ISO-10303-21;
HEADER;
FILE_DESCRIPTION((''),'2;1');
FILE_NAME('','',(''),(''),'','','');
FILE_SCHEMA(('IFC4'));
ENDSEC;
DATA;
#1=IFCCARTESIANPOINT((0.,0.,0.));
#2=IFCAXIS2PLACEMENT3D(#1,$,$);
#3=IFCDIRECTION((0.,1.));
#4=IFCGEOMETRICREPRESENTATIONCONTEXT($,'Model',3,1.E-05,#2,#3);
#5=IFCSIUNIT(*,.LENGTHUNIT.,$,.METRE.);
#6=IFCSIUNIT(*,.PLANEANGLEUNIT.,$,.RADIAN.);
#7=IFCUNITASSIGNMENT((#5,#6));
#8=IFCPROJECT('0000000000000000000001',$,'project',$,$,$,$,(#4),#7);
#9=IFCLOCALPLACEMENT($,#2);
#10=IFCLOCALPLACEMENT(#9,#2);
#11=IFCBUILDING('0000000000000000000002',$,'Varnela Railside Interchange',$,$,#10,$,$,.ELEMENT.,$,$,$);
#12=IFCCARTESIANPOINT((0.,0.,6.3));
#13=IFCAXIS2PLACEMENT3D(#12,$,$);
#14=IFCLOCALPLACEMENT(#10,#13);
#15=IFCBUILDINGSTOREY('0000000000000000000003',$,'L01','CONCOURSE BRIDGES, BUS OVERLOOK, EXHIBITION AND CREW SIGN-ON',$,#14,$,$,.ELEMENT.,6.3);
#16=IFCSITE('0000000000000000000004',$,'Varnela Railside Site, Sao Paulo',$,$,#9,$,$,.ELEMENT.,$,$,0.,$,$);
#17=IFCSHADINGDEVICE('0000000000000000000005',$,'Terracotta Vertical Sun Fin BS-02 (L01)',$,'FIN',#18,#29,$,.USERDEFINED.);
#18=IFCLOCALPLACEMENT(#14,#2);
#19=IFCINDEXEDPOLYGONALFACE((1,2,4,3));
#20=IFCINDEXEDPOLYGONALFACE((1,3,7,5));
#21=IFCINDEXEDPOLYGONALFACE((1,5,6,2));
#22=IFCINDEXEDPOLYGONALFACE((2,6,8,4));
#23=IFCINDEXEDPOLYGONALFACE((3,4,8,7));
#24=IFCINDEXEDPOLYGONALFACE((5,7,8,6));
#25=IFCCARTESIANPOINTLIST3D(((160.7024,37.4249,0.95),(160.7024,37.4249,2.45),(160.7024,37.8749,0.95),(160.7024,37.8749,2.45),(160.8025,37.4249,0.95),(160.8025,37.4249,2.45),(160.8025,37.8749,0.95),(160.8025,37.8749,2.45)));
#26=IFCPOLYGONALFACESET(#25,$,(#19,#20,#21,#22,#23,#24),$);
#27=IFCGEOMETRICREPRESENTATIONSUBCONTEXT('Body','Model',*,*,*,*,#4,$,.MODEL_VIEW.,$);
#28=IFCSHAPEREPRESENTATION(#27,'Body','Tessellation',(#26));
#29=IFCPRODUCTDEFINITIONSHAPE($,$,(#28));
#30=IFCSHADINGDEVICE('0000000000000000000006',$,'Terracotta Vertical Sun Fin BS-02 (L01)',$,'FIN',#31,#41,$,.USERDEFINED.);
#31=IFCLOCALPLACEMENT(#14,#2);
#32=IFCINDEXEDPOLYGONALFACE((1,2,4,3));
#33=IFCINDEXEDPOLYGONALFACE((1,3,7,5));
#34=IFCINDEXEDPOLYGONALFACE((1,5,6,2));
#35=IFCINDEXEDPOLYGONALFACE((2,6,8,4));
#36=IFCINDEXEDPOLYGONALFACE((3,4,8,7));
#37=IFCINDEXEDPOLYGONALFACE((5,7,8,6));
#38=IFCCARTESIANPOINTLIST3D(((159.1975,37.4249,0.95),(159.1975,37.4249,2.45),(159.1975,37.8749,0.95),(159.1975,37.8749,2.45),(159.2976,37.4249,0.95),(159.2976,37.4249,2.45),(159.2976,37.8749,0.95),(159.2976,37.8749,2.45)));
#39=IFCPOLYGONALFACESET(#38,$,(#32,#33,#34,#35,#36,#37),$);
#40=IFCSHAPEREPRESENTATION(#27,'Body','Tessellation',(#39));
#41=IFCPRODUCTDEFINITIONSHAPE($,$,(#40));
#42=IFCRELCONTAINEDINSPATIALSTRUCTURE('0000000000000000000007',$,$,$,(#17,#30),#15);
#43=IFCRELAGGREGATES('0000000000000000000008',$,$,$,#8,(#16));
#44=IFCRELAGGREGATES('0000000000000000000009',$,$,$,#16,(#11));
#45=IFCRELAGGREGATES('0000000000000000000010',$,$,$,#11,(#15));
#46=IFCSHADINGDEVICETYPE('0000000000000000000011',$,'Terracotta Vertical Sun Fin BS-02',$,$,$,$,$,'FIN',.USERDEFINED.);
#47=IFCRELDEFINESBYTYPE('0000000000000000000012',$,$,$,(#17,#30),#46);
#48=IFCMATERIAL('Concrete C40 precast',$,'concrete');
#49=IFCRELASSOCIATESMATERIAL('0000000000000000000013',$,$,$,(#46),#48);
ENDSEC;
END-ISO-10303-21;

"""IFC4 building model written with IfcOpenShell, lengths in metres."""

from ifc_helpers import new_model, si_unit, direction, frame, origin, origin_2d, place, context, subcontext, project, spatial, rectangle, extrude, material, type_object, element, save


model = new_model("IFC4")

# Units and contexts
model_context = context("Model", 3, precision=1e-05, world=origin(), true_north=direction((0.0, 1.0)))
body_context = subcontext(model_context, "Body", "Model", "MODEL_VIEW")
ifc_project = project(units=[si_unit("LENGTHUNIT", "METRE"), si_unit("PLANEANGLEUNIT", "RADIAN")], contexts=[model_context])

# Site, building, storey
site_placement = place(None, origin())
site = spatial("IfcSite", under=ifc_project, at=site_placement, Name="Varnela Railside Site, Sao Paulo", CompositionType="ELEMENT", RefElevation=0.0)
building_placement = place(site_placement, origin())
building = spatial("IfcBuilding", under=site, at=building_placement, Name="Varnela Railside Interchange", CompositionType="ELEMENT")
storey_placement = place(building_placement, frame((0.0, 0.0, 6.3)))
storey = spatial("IfcBuildingStorey", under=building, at=storey_placement, Name="L01", Description="CONCOURSE BRIDGES, BUS OVERLOOK, EXHIBITION AND CREW SIGN-ON", CompositionType="ELEMENT", Elevation=6.3)

# Shared definitions
ifc_material_1 = material(Name="Concrete C40 precast", Category="concrete")

# Shading devices
shading_device_type = type_object("IfcShadingDeviceType", Name="Terracotta Vertical Sun Fin BS-02", ElementType="FIN", PredefinedType="USERDEFINED", material=ifc_material_1)
for number, where, z_axis, x_axis, name in (
    (1, (160.7524, 37.6499, 0.95), (0.0, 0.0, 1.0), (0.0, -1.0, 0.0), "Terracotta Vertical Sun Fin BS-02 (L01)"),
    (2, (159.2476, 37.6499, 0.95), (0.0, 0.0, 1.0), (0.0, -1.0, 0.0), "Terracotta Vertical Sun Fin BS-02 (L01)"),
):
    element("IfcShadingDevice", number, at=place(storey_placement, frame(where, z_axis=z_axis, x_axis=x_axis)), inside=storey, type_object=shading_device_type, Name=name, ObjectType="FIN", PredefinedType="USERDEFINED", context=body_context, shape_type="SweptSolid", body=[
        extrude(rectangle(XDim=0.45, YDim=0.1001, at=origin_2d()), origin(), (0.0, 0.0, 1.0), 1.5),
    ])

save(model, "model.ifc")
